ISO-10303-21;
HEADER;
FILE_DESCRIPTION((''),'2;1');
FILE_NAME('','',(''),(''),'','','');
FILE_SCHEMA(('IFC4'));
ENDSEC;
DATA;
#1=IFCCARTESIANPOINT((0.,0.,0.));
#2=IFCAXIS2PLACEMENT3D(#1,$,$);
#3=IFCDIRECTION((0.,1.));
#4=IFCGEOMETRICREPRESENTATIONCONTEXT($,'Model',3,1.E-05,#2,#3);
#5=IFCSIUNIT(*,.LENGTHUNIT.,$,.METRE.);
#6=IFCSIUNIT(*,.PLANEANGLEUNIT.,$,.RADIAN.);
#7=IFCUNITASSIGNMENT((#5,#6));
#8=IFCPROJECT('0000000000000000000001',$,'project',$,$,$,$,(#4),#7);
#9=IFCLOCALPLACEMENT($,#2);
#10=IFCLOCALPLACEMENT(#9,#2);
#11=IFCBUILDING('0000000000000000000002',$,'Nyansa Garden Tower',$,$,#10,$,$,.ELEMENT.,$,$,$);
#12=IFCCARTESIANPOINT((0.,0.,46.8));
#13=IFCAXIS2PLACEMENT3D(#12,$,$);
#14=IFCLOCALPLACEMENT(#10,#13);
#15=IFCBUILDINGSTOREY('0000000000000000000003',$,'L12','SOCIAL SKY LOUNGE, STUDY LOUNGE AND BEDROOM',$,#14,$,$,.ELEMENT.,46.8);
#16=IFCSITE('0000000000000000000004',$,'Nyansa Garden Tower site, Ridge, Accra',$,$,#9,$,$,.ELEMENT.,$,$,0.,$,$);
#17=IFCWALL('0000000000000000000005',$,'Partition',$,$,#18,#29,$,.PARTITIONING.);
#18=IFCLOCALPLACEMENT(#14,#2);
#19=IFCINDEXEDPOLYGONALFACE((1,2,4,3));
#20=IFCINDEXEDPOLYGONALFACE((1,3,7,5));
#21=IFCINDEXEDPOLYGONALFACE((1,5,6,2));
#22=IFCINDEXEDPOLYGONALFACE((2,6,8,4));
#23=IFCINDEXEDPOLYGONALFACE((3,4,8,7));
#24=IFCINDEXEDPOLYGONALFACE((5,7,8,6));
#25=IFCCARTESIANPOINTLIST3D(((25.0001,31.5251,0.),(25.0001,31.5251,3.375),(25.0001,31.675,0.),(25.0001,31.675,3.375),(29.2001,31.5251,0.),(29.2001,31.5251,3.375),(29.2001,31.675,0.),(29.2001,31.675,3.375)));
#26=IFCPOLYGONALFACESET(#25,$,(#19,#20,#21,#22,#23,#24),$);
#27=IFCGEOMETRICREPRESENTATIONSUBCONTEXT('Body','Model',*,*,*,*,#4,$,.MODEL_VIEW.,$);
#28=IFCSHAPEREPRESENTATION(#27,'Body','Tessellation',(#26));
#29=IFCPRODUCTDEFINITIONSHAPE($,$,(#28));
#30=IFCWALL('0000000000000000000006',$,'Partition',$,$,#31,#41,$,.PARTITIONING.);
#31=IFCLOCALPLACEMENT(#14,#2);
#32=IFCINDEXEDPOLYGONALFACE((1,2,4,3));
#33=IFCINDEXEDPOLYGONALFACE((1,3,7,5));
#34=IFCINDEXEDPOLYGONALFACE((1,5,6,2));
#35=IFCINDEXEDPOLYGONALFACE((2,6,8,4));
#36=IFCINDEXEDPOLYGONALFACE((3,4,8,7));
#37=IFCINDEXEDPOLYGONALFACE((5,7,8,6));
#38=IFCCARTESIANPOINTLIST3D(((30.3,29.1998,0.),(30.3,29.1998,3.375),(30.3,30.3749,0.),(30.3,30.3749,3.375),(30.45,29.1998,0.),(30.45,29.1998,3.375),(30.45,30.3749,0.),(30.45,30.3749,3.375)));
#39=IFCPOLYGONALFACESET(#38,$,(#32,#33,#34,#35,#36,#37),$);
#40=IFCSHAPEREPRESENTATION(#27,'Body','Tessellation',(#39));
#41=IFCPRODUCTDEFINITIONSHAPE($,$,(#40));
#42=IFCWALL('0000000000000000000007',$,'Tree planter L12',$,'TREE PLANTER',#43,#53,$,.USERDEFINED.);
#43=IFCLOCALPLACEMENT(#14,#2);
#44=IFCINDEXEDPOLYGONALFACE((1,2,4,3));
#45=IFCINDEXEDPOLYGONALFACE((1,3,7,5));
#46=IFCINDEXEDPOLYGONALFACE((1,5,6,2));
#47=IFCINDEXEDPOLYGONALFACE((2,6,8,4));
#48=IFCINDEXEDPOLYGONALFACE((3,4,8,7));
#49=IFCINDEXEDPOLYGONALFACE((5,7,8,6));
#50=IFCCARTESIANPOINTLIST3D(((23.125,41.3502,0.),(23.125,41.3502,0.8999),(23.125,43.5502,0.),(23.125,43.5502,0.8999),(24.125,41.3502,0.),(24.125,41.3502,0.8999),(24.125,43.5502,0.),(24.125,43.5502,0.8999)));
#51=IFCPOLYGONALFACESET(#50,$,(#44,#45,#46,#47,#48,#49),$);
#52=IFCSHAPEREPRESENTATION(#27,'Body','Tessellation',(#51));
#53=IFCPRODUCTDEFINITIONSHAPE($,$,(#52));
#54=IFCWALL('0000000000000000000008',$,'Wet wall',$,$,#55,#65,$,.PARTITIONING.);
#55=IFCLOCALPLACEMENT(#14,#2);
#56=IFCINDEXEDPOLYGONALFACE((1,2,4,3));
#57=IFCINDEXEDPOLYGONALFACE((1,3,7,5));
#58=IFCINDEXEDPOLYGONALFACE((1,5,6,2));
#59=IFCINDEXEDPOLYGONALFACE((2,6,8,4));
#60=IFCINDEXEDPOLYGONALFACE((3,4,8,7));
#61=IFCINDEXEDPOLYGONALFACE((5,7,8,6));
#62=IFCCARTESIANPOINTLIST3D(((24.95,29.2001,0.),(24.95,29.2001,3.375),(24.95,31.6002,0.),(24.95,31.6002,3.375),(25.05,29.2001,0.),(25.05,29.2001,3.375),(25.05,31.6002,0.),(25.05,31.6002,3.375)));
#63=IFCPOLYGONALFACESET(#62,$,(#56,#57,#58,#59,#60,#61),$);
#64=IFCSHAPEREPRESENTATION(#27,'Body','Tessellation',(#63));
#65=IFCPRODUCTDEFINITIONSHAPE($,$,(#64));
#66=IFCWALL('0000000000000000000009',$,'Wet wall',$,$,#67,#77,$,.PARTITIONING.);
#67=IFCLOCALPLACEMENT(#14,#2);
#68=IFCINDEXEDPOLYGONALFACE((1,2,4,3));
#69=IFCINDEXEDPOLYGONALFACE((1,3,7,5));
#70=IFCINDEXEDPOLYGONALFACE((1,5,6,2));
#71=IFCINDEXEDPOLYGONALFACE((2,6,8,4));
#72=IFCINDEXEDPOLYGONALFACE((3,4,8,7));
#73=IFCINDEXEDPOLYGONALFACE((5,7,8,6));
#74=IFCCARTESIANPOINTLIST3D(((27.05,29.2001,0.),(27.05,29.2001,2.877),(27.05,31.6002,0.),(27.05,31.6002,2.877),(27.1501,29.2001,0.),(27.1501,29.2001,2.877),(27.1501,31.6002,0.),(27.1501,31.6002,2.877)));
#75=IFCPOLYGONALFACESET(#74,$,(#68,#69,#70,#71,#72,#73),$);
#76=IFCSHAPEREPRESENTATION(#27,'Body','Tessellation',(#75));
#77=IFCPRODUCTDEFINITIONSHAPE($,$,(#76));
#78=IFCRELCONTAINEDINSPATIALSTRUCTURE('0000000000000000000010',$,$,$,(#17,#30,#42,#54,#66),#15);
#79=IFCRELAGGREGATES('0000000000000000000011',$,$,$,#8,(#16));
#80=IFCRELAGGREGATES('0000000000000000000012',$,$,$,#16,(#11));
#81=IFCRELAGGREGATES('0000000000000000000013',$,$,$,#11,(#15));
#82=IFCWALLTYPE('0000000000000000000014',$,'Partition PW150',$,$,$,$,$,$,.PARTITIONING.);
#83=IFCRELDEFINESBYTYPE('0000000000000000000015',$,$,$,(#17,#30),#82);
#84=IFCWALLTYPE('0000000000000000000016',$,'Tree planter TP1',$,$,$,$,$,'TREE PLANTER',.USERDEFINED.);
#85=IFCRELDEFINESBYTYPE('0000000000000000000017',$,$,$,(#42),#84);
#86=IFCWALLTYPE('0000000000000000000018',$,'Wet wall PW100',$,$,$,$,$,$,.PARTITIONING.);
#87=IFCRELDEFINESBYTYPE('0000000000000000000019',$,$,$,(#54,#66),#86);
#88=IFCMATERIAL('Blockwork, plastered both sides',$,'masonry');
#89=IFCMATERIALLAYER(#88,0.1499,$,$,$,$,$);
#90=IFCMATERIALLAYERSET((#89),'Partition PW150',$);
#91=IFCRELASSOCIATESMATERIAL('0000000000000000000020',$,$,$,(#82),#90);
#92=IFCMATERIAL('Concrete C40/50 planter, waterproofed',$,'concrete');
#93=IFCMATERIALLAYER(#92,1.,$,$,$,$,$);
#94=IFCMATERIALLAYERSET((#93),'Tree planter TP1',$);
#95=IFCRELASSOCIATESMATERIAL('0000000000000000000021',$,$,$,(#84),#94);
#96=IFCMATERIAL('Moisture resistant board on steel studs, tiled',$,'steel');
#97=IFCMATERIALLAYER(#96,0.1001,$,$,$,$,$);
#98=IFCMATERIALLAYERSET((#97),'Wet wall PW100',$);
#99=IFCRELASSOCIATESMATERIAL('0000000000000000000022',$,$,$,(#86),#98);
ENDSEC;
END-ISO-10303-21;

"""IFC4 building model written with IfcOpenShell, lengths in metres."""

from ifc_helpers import new_model, si_unit, direction, frame, frame_2d, origin, place, context, subcontext, project, spatial, rectangle, extrude, material, layer, layer_set, type_object, element, save


model = new_model("IFC4")

# Units and contexts
model_context = context("Model", 3, precision=1e-05, world=origin(), true_north=direction((0.0, 1.0)))
body_context = subcontext(model_context, "Body", "Model", "MODEL_VIEW")
ifc_project = project(units=[si_unit("LENGTHUNIT", "METRE"), si_unit("PLANEANGLEUNIT", "RADIAN")], contexts=[model_context])

# Site, building, storey
site_placement = place(None, origin())
site = spatial("IfcSite", under=ifc_project, at=site_placement, Name="Nyansa Garden Tower site, Ridge, Accra", CompositionType="ELEMENT", RefElevation=0.0)
building_placement = place(site_placement, origin())
building = spatial("IfcBuilding", under=site, at=building_placement, Name="Nyansa Garden Tower", CompositionType="ELEMENT")
storey_placement = place(building_placement, frame((0.0, 0.0, 46.8)))
storey = spatial("IfcBuildingStorey", under=building, at=storey_placement, Name="L12", Description="SOCIAL SKY LOUNGE, STUDY LOUNGE AND BEDROOM", CompositionType="ELEMENT", Elevation=46.8)

# Walls
ifc_material_1 = material(Name="Blockwork, plastered both sides", Category="masonry")
ifc_layer_1 = layer(ifc_material_1, 0.1499)
ifc_layer_set_1 = layer_set([ifc_layer_1], Name="Partition PW150")
wall_type_1 = type_object("IfcWallType", Name="Partition PW150", PredefinedType="PARTITIONING", material=ifc_layer_set_1)
wall_1_placement = place(storey_placement, frame((25.0, 31.6001, 0.0), z_axis=(0.0, 0.0, 1.0), x_axis=(1.0, 0.0, 0.0)))
element("IfcWall", 1, at=wall_1_placement, inside=storey, type_object=wall_type_1, Name="Partition", PredefinedType="PARTITIONING", context=body_context, shape_type="SweptSolid", body=[
    extrude(rectangle(XDim=4.2, YDim=0.1499, at=frame_2d((2.1001, 0.0))), origin(), (0.0, 0.0, 1.0), 3.375),
])
wall_2_placement = place(storey_placement, frame((30.375, 29.2, 0.0), z_axis=(0.0, 0.0, 1.0), x_axis=(0.0, 1.0, 0.0)))
element("IfcWall", 2, at=wall_2_placement, inside=storey, type_object=wall_type_1, Name="Partition", PredefinedType="PARTITIONING", context=body_context, shape_type="SweptSolid", body=[
    extrude(rectangle(XDim=1.175, YDim=0.1499, at=frame_2d((0.5874, 0.0))), origin(), (0.0, 0.0, 1.0), 3.375),
])
ifc_material_2 = material(Name="Concrete C40/50 planter, waterproofed", Category="concrete")
ifc_layer_2 = layer(ifc_material_2, 1.0)
ifc_layer_set_2 = layer_set([ifc_layer_2], Name="Tree planter TP1")
wall_type_2 = type_object("IfcWallType", Name="Tree planter TP1", ElementType="TREE PLANTER", PredefinedType="USERDEFINED", material=ifc_layer_set_2)
wall_3_placement = place(storey_placement, frame((23.625, 41.3501, 0.0), z_axis=(0.0, 0.0, 1.0), x_axis=(0.0, 1.0, 0.0)))
element("IfcWall", 3, at=wall_3_placement, inside=storey, type_object=wall_type_2, Name="Tree planter L12", ObjectType="TREE PLANTER", PredefinedType="USERDEFINED", context=body_context, shape_type="SweptSolid", body=[
    extrude(rectangle(XDim=2.2, YDim=1.0, at=frame_2d((1.1001, 0.0))), origin(), (0.0, 0.0, 1.0), 0.8999),
])
ifc_material_3 = material(Name="Moisture resistant board on steel studs, tiled", Category="steel")
ifc_layer_3 = layer(ifc_material_3, 0.1001)
ifc_layer_set_3 = layer_set([ifc_layer_3], Name="Wet wall PW100")
wall_type_3 = type_object("IfcWallType", Name="Wet wall PW100", PredefinedType="PARTITIONING", material=ifc_layer_set_3)
wall_4_placement = place(storey_placement, frame((25.0, 29.2, 0.0), z_axis=(0.0, 0.0, 1.0), x_axis=(0.0, 1.0, 0.0)))
element("IfcWall", 4, at=wall_4_placement, inside=storey, type_object=wall_type_3, Name="Wet wall", PredefinedType="PARTITIONING", context=body_context, shape_type="SweptSolid", body=[
    extrude(rectangle(XDim=2.4001, YDim=0.1001, at=frame_2d((1.2002, 0.0))), origin(), (0.0, 0.0, 1.0), 3.375),
])
wall_5_placement = place(storey_placement, frame((27.1001, 29.2, 0.0), z_axis=(0.0, 0.0, 1.0), x_axis=(0.0, 1.0, 0.0)))
element("IfcWall", 5, at=wall_5_placement, inside=storey, type_object=wall_type_3, Name="Wet wall", PredefinedType="PARTITIONING", context=body_context, shape_type="SweptSolid", body=[
    extrude(rectangle(XDim=2.4001, YDim=0.1001, at=frame_2d((1.2002, 0.0))), origin(), (0.0, 0.0, 1.0), 2.877),
])

save(model, "model.ifc")
